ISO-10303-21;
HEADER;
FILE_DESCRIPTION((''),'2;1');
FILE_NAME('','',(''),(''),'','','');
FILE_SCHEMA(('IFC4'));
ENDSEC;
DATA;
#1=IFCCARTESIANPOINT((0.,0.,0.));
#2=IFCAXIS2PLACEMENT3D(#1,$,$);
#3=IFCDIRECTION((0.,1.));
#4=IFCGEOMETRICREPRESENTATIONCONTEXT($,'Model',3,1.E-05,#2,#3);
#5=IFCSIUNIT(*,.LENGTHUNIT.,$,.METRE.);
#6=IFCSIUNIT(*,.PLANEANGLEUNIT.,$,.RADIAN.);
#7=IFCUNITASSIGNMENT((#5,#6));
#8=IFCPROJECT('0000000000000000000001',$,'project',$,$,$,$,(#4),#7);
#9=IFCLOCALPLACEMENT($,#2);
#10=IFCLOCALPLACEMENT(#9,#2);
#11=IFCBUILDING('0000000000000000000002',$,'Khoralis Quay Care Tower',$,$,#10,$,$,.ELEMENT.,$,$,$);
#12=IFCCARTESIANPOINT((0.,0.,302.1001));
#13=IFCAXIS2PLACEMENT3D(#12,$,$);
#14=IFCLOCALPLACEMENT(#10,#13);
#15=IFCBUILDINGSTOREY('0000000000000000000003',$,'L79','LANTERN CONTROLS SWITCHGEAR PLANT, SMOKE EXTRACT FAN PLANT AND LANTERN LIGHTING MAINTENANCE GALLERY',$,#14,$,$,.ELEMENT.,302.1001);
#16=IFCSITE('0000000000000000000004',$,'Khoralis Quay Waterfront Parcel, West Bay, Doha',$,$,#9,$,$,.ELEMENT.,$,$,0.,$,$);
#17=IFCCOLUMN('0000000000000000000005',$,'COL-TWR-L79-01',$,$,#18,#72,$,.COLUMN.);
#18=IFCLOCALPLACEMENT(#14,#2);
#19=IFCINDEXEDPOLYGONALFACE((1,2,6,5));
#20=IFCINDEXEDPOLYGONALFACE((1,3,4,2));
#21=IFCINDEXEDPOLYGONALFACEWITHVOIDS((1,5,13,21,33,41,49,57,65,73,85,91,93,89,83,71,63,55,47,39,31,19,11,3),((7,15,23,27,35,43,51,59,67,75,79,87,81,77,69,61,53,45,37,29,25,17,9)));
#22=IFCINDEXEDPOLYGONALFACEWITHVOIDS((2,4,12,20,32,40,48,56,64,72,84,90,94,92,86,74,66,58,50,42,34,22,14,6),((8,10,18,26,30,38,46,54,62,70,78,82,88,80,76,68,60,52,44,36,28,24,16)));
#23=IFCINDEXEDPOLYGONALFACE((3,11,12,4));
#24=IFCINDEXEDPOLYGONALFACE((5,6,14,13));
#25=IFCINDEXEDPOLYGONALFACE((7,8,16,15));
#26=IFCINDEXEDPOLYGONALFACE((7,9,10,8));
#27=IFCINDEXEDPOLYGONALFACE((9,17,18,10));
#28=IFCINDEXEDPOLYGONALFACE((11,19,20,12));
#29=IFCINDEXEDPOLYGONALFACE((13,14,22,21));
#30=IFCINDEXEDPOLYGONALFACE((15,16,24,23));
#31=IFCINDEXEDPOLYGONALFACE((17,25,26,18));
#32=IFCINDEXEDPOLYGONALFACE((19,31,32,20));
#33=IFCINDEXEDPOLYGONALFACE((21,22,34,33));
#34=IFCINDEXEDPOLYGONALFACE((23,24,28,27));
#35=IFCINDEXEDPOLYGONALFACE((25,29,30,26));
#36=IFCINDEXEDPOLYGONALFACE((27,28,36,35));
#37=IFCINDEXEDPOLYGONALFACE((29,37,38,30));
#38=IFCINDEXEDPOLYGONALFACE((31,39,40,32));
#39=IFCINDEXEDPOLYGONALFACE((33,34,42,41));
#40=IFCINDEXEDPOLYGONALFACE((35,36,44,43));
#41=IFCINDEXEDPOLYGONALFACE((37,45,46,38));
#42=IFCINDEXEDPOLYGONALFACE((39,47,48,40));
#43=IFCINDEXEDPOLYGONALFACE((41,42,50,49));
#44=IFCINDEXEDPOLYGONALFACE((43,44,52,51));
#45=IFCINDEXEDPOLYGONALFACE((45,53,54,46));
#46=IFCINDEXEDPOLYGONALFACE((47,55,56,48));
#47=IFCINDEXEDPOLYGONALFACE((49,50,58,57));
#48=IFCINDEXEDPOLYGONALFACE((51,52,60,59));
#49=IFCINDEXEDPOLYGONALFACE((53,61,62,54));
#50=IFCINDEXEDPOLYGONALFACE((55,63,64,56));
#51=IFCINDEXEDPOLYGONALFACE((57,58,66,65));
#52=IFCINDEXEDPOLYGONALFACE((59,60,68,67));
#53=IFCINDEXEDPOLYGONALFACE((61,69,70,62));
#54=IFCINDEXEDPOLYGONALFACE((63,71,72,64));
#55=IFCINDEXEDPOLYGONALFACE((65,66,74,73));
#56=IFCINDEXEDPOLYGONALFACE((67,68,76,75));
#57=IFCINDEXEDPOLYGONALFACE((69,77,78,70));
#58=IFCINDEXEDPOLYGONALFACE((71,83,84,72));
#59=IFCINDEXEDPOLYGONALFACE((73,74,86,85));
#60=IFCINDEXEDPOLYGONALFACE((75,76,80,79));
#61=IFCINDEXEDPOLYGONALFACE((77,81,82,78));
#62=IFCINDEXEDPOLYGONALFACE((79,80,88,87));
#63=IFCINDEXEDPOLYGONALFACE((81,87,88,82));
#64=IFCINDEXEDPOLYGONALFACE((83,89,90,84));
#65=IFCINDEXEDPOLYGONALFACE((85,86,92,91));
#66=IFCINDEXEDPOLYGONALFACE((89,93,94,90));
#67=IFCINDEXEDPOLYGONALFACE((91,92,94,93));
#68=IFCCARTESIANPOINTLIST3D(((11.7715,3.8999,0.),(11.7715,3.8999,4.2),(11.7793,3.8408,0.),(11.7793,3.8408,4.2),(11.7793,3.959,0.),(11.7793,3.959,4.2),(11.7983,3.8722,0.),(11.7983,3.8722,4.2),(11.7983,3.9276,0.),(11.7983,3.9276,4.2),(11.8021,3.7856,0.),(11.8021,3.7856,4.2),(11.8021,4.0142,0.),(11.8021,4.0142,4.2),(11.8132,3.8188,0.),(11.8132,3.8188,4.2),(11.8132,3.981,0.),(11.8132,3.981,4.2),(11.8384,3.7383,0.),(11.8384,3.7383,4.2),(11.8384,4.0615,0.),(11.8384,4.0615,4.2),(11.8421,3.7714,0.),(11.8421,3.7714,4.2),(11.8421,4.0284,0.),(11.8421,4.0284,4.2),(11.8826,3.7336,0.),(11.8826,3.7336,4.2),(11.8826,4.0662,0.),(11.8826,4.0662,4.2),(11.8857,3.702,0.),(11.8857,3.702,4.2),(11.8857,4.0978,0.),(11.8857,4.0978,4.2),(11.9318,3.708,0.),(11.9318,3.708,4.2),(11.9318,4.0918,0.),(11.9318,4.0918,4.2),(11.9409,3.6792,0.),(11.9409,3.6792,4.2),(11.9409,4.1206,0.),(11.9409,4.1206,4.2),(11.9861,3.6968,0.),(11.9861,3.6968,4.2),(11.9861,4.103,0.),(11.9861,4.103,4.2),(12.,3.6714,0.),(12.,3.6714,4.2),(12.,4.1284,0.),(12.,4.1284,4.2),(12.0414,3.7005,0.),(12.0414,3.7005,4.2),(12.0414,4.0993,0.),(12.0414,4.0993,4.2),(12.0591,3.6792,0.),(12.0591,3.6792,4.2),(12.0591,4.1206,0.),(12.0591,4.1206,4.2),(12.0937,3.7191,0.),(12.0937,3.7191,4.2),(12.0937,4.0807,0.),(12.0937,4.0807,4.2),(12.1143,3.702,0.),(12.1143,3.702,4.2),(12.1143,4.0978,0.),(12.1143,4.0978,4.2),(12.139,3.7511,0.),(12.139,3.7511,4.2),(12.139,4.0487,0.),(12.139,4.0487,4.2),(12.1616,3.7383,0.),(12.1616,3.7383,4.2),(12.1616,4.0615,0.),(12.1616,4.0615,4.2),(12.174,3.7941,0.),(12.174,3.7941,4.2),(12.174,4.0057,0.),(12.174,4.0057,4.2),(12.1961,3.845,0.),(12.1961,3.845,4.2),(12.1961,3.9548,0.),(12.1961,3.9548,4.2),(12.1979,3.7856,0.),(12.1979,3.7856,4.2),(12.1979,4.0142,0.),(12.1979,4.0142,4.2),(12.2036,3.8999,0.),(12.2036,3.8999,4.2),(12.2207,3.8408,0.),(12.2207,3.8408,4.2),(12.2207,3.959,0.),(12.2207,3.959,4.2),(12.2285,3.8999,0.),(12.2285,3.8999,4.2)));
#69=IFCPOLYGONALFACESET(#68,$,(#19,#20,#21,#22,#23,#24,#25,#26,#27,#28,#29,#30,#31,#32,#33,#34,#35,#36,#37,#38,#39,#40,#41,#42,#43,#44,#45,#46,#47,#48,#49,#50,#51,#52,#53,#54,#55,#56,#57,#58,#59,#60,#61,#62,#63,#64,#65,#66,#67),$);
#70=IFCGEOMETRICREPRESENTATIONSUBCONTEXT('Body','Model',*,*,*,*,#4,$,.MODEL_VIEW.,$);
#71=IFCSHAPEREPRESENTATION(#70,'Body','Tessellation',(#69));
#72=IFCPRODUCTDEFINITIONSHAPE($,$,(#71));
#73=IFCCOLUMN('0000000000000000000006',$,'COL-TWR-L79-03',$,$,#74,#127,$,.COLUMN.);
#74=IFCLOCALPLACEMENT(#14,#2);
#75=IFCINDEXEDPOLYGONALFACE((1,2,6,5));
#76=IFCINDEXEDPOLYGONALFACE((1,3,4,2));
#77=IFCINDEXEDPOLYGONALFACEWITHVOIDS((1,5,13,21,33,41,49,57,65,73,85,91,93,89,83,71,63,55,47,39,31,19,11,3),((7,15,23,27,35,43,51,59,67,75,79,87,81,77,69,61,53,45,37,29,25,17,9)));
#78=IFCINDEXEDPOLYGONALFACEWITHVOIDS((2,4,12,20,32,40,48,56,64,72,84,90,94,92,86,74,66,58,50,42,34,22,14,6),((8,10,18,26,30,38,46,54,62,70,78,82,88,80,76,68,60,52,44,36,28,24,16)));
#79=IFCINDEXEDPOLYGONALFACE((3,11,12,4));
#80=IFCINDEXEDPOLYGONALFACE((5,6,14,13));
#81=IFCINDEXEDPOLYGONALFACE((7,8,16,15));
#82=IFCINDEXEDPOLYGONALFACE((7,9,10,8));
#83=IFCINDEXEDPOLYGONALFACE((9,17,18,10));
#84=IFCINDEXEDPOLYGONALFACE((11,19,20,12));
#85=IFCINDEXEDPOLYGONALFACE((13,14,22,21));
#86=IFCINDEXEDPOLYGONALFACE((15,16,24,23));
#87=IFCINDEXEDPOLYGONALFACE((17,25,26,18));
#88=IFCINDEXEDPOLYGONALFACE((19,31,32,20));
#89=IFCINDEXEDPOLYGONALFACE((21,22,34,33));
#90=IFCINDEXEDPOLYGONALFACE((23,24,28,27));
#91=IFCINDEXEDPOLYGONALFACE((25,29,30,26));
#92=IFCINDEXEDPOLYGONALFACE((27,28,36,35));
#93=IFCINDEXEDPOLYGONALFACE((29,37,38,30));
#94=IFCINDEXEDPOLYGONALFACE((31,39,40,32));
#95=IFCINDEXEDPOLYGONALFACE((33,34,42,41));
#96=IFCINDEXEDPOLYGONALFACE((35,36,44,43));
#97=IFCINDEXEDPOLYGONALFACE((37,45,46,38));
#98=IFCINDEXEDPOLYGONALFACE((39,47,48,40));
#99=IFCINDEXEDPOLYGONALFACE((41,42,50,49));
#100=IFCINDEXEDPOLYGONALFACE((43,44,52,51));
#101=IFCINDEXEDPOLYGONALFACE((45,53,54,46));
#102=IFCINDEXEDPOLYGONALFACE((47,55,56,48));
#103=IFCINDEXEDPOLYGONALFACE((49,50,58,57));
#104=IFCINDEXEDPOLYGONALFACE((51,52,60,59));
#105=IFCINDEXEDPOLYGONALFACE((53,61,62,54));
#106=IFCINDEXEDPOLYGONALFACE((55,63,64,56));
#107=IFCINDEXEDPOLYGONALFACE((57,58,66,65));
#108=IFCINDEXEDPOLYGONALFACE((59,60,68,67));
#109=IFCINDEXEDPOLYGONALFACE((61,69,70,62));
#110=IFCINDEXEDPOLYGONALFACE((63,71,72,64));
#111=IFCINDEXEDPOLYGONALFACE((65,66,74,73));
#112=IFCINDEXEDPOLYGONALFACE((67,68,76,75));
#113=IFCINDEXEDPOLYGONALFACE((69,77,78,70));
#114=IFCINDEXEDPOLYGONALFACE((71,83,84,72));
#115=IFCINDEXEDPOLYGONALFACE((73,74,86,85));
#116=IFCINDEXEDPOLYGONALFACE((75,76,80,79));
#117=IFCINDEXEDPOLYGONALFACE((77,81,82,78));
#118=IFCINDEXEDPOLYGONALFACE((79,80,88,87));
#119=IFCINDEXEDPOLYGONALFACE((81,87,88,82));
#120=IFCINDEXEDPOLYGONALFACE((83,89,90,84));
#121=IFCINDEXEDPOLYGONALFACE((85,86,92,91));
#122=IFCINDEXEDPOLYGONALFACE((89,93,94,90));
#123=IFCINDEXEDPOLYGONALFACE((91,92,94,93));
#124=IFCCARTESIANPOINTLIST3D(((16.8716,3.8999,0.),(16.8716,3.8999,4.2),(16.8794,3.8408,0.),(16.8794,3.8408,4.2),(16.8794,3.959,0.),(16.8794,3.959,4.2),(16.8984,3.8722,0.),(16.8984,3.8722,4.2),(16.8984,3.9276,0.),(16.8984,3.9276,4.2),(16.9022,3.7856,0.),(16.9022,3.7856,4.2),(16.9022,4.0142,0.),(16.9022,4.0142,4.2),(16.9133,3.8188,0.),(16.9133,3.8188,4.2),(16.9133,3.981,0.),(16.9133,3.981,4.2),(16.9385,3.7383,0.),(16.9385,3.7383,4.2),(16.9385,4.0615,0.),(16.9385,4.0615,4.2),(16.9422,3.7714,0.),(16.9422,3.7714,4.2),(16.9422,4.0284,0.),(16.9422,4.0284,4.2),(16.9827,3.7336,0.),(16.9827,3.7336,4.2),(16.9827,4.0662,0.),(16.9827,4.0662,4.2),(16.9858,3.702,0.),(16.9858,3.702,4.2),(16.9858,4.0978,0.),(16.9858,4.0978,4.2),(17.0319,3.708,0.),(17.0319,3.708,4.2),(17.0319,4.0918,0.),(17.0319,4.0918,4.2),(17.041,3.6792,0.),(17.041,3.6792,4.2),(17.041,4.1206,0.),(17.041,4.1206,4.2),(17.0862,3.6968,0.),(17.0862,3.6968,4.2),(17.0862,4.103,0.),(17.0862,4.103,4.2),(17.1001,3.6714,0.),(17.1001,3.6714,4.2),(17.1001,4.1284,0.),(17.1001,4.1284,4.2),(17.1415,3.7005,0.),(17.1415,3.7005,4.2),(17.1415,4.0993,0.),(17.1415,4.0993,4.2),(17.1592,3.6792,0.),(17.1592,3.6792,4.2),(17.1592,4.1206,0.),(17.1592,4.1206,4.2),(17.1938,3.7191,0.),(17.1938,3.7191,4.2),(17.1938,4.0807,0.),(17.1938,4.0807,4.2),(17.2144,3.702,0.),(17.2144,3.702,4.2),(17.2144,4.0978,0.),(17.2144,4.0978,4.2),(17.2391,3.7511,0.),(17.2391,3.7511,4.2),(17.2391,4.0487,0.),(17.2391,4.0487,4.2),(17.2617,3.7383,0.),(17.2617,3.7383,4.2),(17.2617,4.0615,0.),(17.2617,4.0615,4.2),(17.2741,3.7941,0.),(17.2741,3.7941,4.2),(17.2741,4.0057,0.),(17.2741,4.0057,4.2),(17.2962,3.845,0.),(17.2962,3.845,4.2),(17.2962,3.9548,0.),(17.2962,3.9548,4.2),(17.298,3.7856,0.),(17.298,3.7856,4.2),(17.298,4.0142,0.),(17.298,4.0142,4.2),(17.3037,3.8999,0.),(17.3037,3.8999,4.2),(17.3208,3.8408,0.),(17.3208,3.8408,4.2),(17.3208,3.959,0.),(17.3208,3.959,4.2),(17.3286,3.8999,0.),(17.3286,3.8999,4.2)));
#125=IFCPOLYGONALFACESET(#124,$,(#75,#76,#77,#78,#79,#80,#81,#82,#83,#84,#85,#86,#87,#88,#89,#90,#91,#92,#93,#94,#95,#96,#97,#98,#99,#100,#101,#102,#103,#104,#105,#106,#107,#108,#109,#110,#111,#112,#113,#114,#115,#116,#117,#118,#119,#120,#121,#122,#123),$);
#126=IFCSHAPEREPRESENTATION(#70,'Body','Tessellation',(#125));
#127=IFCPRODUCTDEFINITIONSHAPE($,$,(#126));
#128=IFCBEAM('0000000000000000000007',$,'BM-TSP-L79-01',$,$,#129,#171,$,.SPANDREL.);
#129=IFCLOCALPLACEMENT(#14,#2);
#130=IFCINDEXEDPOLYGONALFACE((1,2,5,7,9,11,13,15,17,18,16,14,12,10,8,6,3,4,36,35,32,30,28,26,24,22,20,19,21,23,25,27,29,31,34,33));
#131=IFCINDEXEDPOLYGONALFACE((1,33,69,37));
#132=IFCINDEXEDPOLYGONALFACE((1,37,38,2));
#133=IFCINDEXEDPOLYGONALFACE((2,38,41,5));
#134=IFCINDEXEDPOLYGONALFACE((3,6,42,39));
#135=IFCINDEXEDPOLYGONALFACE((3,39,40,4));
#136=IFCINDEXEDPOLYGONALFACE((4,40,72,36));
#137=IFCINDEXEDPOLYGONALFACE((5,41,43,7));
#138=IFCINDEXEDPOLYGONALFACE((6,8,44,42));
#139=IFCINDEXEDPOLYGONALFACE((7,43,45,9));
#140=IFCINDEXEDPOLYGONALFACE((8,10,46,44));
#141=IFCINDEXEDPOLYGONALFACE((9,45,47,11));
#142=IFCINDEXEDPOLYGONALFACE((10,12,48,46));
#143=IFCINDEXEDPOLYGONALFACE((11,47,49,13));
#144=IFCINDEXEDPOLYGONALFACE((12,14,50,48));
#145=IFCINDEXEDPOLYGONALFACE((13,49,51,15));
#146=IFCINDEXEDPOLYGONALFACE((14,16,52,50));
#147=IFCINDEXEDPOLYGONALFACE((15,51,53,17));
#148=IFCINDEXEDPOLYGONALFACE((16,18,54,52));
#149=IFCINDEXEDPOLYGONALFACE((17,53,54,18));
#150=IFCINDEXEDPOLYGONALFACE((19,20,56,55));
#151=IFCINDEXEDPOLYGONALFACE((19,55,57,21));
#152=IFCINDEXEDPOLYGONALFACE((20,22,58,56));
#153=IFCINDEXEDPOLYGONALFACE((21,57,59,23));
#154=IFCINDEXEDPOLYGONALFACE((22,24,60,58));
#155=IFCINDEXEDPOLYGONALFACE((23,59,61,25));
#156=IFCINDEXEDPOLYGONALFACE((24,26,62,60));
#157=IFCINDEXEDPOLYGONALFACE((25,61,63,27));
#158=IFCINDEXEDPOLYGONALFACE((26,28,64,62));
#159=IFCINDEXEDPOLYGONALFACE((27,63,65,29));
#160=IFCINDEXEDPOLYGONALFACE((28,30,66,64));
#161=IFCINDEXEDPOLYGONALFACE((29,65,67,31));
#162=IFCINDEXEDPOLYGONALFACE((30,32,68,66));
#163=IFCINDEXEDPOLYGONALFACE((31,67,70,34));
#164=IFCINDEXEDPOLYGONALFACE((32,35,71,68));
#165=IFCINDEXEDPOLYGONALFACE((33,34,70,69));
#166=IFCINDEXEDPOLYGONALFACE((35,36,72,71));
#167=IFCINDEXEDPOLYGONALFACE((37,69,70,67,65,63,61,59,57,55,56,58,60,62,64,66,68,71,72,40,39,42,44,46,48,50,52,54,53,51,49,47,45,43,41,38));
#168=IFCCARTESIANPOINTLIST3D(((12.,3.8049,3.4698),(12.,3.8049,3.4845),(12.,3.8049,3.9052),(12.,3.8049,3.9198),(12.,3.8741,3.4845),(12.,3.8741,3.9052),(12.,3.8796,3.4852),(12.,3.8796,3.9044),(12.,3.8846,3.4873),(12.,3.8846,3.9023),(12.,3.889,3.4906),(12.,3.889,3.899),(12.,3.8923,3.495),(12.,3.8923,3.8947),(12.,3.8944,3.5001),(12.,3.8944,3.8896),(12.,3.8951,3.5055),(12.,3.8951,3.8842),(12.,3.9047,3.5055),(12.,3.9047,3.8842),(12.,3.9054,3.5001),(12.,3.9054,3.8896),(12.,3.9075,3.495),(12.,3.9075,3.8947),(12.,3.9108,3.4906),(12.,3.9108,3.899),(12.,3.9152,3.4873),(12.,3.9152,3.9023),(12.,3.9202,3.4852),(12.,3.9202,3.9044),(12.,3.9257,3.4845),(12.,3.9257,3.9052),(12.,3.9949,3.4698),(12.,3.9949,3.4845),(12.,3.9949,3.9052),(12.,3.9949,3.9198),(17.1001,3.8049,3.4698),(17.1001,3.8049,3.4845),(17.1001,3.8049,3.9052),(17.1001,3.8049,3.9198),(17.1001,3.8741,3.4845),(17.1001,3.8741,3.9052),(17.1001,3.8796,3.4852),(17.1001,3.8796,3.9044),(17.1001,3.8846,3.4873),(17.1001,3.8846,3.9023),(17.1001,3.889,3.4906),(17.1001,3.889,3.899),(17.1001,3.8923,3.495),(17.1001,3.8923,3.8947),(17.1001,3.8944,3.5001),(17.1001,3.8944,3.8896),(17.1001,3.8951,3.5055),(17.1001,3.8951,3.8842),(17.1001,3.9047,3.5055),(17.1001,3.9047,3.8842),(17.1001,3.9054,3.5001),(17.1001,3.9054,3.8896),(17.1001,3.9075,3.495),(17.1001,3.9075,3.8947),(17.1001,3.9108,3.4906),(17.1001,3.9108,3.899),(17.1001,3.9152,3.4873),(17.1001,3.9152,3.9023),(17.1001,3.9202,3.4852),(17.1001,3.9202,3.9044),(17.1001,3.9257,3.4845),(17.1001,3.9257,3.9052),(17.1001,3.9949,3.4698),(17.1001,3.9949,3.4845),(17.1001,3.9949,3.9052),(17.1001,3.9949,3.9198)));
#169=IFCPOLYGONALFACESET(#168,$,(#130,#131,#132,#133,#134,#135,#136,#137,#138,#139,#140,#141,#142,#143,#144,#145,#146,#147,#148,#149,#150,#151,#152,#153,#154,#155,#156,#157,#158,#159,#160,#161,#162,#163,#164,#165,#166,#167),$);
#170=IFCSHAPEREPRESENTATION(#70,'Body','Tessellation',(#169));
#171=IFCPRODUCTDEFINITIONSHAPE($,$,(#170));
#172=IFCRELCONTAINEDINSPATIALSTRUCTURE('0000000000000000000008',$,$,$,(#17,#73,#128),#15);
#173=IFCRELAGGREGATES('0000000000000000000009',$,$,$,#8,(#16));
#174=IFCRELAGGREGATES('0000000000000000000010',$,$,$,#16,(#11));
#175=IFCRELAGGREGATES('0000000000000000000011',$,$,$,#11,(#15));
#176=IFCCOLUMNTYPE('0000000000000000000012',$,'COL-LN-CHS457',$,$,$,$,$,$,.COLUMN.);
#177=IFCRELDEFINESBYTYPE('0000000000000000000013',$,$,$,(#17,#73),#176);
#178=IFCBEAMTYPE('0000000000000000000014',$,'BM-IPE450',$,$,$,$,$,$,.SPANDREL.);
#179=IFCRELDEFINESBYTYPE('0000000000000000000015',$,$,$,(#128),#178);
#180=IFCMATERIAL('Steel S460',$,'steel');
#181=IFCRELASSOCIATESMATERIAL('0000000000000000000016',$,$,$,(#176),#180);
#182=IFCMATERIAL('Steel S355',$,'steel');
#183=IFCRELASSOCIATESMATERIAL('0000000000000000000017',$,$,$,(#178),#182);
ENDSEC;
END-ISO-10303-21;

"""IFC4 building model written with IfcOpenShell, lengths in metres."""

from ifc_helpers import new_model, si_unit, direction, frame, origin, origin_2d, place, context, subcontext, project, spatial, hollow_circle, i_section, extrude, source, transform, mapped, material, material_profile, profile_set, type_object, element, save


model = new_model("IFC4")

# Units and contexts
model_context = context("Model", 3, precision=1e-05, world=origin(), true_north=direction((0.0, 1.0)))
body_context = subcontext(model_context, "Body", "Model", "MODEL_VIEW")
ifc_project = project(units=[si_unit("LENGTHUNIT", "METRE"), si_unit("PLANEANGLEUNIT", "RADIAN")], contexts=[model_context])

# Site, building, storey
site_placement = place(None, origin())
site = spatial("IfcSite", under=ifc_project, at=site_placement, Name="Khoralis Quay Waterfront Parcel, West Bay, Doha", CompositionType="ELEMENT", RefElevation=0.0)
building_placement = place(site_placement, origin())
building = spatial("IfcBuilding", under=site, at=building_placement, Name="Khoralis Quay Care Tower", CompositionType="ELEMENT")
storey_placement = place(building_placement, frame((0.0, 0.0, 302.1001)))
storey = spatial("IfcBuildingStorey", under=building, at=storey_placement, Name="L79", Description="LANTERN CONTROLS SWITCHGEAR PLANT, SMOKE EXTRACT FAN PLANT AND LANTERN LIGHTING MAINTENANCE GALLERY", CompositionType="ELEMENT", Elevation=302.1001)

# Columns
ifc_material_1 = material(Name="Steel S460", Category="steel")
ifc_material_profile_1 = material_profile(ifc_material_1, hollow_circle(Radius=0.2285, WallThickness=0.0249, at=origin_2d()), Name="Steel S460")
ifc_profile_set_1 = profile_set([ifc_material_profile_1], Name="Steel S460")
column_type = type_object("IfcColumnType", Name="COL-LN-CHS457", PredefinedType="COLUMN", material=ifc_profile_set_1)
shared_shape_1 = source(origin(), body_context, "Body", "SweptSolid", [
    extrude(hollow_circle(Radius=0.2285, WallThickness=0.0249, at=origin_2d()), origin(), (0.0, 0.0, 1.0), 4.2),
])
for number, where, z_axis, x_axis, name in (
    (1, (12.0, 3.8999, 0.0), (0.0, 0.0, 1.0), (1.0, 0.0, 0.0), "COL-TWR-L79-01"),
    (2, (17.1001, 3.8999, 0.0), (0.0, 0.0, 1.0), (1.0, 0.0, 0.0), "COL-TWR-L79-03"),
):
    element("IfcColumn", number, at=place(storey_placement, frame(where, z_axis=z_axis, x_axis=x_axis)), inside=storey, type_object=column_type, Name=name, PredefinedType="COLUMN", context=body_context, shape_type="MappedRepresentation", body=[
        mapped(shared_shape_1, transform((0.0, 0.0, 0.0), scale=1.0)),
    ])

# Beam
ifc_material_2 = material(Name="Steel S355", Category="steel")
ifc_material_profile_2 = material_profile(ifc_material_2, i_section(OverallWidth=0.1899, OverallDepth=0.45, WebThickness=0.0095, FlangeThickness=0.0146, FilletRadius=0.021, at=origin_2d()), Name="Steel S355")
ifc_profile_set_2 = profile_set([ifc_material_profile_2], Name="Steel S355")
beam_type_1 = type_object("IfcBeamType", Name="BM-IPE450", PredefinedType="SPANDREL", material=ifc_profile_set_2)
shared_shape_2 = source(origin(), body_context, "Body", "SweptSolid", [
    extrude(i_section(OverallWidth=0.1899, OverallDepth=0.45, WebThickness=0.0095, FlangeThickness=0.0146, FilletRadius=0.021, at=origin_2d()), origin(), (0.0, 0.0, 1.0), 5.1001),
])
beam_1_placement = place(storey_placement, frame((12.0, 3.8999, 3.6948), z_axis=(1.0, 0.0, 0.0), x_axis=(0.0, 1.0, 0.0)))
element("IfcBeam", 3, at=beam_1_placement, inside=storey, type_object=beam_type_1, Name="BM-TSP-L79-01", PredefinedType="SPANDREL", context=body_context, shape_type="MappedRepresentation", body=[
    mapped(shared_shape_2, transform((0.0, 0.0, 0.0), scale=1.0)),
])

save(model, "model.ifc")
